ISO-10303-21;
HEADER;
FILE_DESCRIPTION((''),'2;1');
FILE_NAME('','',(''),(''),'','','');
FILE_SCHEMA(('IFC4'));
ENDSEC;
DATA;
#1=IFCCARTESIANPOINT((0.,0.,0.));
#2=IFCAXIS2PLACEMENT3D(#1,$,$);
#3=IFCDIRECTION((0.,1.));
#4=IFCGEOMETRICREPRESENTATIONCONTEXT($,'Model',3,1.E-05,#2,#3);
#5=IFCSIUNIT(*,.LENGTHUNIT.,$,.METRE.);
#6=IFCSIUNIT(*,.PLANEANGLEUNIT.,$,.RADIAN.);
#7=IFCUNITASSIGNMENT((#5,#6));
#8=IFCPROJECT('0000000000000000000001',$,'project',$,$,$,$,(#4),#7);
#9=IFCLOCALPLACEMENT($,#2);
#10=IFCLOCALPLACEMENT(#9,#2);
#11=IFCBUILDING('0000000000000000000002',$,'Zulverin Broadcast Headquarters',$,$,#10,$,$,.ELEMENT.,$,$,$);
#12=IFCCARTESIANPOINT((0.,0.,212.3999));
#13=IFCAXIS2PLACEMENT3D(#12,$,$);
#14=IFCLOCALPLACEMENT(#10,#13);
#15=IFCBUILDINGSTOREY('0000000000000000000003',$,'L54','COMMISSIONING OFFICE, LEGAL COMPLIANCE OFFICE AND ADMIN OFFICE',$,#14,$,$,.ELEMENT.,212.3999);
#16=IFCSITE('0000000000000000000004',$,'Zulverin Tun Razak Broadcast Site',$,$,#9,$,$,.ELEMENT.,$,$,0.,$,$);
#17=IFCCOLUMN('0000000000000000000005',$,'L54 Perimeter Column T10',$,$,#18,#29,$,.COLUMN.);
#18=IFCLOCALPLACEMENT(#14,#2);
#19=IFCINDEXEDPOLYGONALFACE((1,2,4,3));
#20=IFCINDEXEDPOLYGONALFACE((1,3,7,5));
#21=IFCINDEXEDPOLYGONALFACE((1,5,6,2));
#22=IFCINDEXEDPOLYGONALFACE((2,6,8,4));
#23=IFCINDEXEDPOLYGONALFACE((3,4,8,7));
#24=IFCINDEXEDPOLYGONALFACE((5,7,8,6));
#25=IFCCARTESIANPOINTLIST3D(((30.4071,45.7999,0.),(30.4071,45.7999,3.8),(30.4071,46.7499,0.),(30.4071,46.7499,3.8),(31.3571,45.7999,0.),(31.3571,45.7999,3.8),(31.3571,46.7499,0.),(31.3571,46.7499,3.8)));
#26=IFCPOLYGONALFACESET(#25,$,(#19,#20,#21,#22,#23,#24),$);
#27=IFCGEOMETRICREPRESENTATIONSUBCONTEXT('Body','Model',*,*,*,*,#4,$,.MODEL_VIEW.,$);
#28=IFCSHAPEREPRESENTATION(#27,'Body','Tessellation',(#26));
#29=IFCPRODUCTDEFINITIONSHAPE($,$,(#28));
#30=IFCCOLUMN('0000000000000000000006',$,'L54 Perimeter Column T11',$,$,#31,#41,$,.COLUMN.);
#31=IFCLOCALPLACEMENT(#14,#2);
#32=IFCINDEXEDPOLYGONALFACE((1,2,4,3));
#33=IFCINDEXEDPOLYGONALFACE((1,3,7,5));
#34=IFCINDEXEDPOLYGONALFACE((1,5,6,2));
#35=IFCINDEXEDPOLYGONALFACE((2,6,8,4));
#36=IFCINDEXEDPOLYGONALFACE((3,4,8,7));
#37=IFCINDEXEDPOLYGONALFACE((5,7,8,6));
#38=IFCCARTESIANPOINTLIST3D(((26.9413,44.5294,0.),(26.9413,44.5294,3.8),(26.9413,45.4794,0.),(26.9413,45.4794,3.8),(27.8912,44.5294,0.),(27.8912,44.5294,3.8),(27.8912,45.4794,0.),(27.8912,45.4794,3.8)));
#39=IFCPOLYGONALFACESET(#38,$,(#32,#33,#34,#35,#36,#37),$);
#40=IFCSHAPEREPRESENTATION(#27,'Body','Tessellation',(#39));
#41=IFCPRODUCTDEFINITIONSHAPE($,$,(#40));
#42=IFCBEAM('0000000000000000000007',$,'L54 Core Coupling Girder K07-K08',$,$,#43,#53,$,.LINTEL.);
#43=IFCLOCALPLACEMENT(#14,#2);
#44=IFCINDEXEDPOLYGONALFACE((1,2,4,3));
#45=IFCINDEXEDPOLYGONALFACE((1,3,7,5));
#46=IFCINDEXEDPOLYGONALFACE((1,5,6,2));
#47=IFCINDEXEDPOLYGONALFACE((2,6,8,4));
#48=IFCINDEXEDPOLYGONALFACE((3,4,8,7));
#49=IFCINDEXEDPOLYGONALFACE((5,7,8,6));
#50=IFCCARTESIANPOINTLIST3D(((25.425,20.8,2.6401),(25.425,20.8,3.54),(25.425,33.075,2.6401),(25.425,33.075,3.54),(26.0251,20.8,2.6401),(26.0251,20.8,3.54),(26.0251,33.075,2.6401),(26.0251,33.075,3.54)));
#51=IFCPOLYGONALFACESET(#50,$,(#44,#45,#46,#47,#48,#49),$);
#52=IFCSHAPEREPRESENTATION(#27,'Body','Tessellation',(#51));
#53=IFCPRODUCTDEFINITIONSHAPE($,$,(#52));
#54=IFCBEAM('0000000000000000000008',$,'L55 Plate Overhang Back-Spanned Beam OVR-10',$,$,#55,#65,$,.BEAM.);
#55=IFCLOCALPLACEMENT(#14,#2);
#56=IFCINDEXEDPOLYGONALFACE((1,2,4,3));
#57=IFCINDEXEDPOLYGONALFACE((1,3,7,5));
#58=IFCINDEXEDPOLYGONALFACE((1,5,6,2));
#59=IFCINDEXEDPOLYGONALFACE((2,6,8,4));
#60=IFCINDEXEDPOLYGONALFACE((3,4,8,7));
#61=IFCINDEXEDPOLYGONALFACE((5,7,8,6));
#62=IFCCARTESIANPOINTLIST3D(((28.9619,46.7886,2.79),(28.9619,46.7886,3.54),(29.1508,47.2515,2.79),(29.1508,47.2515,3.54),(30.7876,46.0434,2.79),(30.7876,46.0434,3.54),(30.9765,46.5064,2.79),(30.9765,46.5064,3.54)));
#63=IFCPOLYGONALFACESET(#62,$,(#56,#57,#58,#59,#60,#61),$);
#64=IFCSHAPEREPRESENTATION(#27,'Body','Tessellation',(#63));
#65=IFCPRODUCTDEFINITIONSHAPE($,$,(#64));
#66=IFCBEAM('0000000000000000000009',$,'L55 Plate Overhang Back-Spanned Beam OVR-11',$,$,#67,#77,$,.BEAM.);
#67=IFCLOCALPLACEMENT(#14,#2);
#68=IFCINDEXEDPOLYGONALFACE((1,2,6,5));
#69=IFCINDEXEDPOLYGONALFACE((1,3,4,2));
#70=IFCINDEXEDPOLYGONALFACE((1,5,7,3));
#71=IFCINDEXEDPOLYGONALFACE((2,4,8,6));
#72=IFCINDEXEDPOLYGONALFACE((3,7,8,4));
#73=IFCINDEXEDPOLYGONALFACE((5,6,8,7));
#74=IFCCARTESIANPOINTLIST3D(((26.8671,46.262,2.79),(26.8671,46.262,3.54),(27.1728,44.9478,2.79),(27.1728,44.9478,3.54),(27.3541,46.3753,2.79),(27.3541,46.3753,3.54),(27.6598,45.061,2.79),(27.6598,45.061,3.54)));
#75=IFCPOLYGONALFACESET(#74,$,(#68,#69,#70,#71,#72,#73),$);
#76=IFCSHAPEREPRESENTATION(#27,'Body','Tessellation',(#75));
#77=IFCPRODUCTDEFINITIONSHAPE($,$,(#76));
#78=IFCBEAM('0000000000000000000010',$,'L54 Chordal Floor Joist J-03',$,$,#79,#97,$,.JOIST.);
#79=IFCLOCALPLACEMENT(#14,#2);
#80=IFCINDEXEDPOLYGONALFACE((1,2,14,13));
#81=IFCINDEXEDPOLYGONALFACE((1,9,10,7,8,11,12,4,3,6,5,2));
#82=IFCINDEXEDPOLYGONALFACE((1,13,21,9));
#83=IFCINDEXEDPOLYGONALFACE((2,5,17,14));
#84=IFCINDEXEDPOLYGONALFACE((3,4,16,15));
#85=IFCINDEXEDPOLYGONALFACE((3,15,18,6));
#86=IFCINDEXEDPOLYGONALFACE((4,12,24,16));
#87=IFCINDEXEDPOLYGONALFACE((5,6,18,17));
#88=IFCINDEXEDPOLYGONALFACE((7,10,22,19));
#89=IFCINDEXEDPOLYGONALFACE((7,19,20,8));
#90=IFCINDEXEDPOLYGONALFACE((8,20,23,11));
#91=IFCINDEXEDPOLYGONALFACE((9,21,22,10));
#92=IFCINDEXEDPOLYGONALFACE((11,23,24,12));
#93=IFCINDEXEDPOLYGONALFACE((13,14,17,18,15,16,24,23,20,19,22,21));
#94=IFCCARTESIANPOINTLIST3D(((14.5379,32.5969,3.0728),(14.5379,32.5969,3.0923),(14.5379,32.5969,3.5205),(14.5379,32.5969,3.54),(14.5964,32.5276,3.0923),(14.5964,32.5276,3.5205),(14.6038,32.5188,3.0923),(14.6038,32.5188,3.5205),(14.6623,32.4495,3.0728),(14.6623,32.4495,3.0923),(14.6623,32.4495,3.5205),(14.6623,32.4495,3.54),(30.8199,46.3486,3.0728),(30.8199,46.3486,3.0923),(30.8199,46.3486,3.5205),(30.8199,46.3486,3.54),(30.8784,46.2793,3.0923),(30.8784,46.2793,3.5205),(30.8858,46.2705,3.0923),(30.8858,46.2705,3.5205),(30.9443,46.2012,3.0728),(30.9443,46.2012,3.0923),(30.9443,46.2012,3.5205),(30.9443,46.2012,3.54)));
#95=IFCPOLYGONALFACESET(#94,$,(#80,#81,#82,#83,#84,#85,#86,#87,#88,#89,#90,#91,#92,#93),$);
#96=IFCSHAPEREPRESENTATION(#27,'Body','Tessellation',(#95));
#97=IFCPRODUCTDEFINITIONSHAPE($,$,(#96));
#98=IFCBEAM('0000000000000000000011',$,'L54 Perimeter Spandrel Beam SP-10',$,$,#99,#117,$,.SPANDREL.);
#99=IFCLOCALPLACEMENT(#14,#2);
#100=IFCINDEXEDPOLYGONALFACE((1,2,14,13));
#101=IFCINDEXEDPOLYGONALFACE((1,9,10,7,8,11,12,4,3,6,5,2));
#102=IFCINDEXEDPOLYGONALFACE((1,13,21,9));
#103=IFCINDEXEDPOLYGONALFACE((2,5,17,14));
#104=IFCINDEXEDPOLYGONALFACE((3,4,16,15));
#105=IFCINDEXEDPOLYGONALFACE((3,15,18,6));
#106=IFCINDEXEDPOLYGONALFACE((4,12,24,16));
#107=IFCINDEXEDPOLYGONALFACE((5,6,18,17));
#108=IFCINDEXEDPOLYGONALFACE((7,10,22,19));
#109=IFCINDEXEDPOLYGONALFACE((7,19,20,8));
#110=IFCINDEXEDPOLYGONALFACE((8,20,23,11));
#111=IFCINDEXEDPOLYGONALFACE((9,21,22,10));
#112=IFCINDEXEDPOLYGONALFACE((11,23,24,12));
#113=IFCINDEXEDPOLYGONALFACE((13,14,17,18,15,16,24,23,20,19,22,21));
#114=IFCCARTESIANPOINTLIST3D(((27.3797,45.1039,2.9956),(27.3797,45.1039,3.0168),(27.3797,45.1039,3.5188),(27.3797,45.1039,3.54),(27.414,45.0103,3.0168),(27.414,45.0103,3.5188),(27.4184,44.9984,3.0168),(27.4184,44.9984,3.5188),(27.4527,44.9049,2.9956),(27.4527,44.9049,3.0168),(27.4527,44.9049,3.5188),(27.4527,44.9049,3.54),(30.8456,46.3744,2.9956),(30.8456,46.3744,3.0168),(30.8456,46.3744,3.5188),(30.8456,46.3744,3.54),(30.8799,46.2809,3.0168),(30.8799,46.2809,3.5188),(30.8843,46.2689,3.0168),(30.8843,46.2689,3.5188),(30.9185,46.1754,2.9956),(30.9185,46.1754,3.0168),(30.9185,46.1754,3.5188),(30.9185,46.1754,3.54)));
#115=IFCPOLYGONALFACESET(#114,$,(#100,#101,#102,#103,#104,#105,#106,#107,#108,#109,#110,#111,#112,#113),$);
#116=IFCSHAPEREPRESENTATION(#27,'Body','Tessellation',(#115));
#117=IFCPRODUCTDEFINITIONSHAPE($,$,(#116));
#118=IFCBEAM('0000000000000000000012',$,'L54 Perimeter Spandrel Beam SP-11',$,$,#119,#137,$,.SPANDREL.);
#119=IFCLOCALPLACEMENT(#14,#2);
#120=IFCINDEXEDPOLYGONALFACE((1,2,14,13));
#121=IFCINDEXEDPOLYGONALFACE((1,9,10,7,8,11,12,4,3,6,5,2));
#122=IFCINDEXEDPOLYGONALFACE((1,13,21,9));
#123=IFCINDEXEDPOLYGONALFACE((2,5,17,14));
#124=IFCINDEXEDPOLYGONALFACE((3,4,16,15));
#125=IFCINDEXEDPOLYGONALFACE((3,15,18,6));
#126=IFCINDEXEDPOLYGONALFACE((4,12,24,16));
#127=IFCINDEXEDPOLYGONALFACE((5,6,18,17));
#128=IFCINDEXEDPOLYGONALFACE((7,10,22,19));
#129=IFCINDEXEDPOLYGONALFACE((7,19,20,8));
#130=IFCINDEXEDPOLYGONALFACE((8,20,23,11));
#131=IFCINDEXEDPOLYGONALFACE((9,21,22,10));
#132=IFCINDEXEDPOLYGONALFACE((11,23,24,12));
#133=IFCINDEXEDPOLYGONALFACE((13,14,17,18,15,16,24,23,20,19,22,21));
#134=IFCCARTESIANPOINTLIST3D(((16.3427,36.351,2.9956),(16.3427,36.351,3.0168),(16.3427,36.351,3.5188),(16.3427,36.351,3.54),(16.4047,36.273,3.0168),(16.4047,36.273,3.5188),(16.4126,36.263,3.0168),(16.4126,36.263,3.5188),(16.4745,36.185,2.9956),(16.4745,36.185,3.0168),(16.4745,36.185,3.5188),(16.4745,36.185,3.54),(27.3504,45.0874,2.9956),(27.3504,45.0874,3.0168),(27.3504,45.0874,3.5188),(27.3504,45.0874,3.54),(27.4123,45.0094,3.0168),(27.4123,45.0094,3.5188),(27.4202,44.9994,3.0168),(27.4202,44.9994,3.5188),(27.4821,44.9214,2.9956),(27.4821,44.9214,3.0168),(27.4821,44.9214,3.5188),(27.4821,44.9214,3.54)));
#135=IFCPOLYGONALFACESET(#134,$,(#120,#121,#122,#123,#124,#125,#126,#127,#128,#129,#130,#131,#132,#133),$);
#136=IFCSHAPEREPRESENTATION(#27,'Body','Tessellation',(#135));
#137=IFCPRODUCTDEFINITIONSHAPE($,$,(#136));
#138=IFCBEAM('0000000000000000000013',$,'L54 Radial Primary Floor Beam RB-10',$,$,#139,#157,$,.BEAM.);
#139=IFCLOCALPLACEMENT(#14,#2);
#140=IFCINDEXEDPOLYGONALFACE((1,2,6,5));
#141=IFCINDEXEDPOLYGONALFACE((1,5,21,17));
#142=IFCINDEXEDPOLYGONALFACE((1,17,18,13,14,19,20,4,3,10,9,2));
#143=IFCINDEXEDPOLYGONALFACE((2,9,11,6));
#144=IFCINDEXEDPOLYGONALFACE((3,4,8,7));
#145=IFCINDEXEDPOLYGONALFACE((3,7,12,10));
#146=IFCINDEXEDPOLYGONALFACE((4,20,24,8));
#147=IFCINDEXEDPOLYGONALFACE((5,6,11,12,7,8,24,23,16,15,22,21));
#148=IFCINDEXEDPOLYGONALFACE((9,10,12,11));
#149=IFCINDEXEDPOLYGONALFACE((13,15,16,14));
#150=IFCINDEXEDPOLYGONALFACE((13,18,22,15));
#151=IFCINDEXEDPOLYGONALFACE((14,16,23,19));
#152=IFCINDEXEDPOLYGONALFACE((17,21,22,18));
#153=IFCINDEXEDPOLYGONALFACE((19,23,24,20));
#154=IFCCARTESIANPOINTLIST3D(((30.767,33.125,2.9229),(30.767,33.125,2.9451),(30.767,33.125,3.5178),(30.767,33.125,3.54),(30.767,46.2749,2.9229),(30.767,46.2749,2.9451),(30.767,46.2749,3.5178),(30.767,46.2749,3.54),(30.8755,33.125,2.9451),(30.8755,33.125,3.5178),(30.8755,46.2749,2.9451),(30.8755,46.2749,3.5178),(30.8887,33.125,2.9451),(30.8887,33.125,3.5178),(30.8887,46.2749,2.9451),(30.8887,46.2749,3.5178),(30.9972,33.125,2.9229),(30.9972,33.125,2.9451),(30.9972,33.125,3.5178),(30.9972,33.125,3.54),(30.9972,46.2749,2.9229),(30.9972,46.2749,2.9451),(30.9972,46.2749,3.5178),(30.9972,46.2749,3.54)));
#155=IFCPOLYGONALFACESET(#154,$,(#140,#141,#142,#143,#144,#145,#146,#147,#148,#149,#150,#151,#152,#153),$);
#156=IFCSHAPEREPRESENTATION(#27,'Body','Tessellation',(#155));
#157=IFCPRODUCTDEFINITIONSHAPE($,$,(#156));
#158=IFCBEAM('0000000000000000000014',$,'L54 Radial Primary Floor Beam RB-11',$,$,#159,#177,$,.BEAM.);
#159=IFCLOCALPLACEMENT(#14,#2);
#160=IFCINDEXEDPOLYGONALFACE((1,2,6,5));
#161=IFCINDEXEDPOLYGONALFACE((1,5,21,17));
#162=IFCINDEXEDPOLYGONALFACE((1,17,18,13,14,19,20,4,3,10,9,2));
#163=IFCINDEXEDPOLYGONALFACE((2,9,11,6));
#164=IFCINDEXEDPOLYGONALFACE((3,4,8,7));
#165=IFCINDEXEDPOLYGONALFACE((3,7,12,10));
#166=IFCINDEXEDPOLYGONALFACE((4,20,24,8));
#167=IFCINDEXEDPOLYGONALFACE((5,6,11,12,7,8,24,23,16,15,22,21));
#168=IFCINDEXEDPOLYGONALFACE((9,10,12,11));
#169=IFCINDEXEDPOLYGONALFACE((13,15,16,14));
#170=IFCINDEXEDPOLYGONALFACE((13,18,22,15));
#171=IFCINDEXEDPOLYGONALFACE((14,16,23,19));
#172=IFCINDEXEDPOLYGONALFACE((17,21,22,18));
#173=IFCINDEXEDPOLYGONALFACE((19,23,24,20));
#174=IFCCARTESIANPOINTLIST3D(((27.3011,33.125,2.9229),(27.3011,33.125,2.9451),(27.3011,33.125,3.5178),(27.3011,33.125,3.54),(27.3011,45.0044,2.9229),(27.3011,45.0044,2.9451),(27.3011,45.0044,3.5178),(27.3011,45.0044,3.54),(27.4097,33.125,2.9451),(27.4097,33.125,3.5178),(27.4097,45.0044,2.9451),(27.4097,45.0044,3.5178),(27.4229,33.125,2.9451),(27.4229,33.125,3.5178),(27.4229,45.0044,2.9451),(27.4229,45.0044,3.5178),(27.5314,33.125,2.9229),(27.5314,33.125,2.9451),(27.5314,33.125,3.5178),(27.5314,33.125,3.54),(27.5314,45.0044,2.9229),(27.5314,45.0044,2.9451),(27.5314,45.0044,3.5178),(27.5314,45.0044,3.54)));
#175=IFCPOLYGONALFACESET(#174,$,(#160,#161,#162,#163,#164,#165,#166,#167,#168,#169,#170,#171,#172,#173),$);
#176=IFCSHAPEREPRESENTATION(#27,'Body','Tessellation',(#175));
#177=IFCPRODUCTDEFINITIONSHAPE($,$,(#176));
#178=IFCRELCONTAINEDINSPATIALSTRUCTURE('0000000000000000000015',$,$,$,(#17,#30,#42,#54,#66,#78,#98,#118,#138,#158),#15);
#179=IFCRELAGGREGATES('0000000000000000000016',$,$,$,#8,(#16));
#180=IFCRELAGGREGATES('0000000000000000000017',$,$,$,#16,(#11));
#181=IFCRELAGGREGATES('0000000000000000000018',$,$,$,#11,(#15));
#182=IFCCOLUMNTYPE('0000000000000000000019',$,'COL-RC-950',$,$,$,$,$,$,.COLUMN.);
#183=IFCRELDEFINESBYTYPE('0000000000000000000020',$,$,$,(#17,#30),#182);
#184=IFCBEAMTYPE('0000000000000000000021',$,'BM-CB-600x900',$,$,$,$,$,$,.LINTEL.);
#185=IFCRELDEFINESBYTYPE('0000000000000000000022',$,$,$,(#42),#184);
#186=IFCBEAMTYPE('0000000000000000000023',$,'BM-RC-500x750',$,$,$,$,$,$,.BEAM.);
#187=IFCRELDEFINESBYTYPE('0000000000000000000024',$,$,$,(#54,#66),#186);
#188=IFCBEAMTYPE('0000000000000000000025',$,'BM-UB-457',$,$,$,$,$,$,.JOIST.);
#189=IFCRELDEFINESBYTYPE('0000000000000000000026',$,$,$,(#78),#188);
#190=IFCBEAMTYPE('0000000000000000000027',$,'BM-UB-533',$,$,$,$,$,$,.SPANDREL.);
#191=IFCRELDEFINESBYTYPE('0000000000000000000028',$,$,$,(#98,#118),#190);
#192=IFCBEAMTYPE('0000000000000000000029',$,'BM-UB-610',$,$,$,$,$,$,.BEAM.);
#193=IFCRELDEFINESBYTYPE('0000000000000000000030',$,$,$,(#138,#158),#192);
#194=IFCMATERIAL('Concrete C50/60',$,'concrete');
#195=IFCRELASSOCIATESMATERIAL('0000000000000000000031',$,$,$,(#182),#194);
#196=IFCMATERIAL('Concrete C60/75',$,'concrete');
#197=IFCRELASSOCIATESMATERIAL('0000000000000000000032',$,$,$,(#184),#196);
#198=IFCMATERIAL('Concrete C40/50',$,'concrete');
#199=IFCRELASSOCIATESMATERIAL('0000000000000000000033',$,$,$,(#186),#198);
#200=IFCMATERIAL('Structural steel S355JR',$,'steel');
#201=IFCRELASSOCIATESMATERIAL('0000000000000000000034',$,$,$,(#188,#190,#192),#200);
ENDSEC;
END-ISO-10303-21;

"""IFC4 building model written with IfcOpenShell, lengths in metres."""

from ifc_helpers import new_model, si_unit, direction, frame, origin, origin_2d, place, context, subcontext, project, spatial, rectangle, i_section, extrude, material, material_profile, profile_set, type_object, element, save


model = new_model("IFC4")

# Units and contexts
model_context = context("Model", 3, precision=1e-05, world=origin(), true_north=direction((0.0, 1.0)))
body_context = subcontext(model_context, "Body", "Model", "MODEL_VIEW")
ifc_project = project(units=[si_unit("LENGTHUNIT", "METRE"), si_unit("PLANEANGLEUNIT", "RADIAN")], contexts=[model_context])

# Site, building, storey
site_placement = place(None, origin())
site = spatial("IfcSite", under=ifc_project, at=site_placement, Name="Zulverin Tun Razak Broadcast Site", CompositionType="ELEMENT", RefElevation=0.0)
building_placement = place(site_placement, origin())
building = spatial("IfcBuilding", under=site, at=building_placement, Name="Zulverin Broadcast Headquarters", CompositionType="ELEMENT")
storey_placement = place(building_placement, frame((0.0, 0.0, 212.3999)))
storey = spatial("IfcBuildingStorey", under=building, at=storey_placement, Name="L54", Description="COMMISSIONING OFFICE, LEGAL COMPLIANCE OFFICE AND ADMIN OFFICE", CompositionType="ELEMENT", Elevation=212.3999)

# Columns
ifc_material_1 = material(Name="Concrete C50/60", Category="concrete")
ifc_material_profile_1 = material_profile(ifc_material_1, rectangle(XDim=0.95, YDim=0.95, at=origin_2d()), Name="Concrete C50/60", Category="concrete")
ifc_profile_set_1 = profile_set([ifc_material_profile_1], Name="Concrete C50/60")
column_type = type_object("IfcColumnType", Name="COL-RC-950", PredefinedType="COLUMN", material=ifc_profile_set_1)
for number, where, z_axis, x_axis, name in (
    (1, (30.8821, 46.2749, 0.0), (0.0, 0.0, 1.0), (1.0, 0.0, 0.0), "L54 Perimeter Column T10"),
    (2, (27.4163, 45.0044, 0.0), (0.0, 0.0, 1.0), (1.0, 0.0, 0.0), "L54 Perimeter Column T11"),
):
    element("IfcColumn", number, at=place(storey_placement, frame(where, z_axis=z_axis, x_axis=x_axis)), inside=storey, type_object=column_type, Name=name, PredefinedType="COLUMN", context=body_context, shape_type="SweptSolid", body=[
        extrude(rectangle(XDim=0.95, YDim=0.95, at=origin_2d()), origin(), (0.0, 0.0, 1.0), 3.8),
    ])

# Beams
ifc_material_2 = material(Name="Concrete C60/75", Category="concrete")
ifc_material_profile_2 = material_profile(ifc_material_2, rectangle(XDim=0.6001, YDim=0.8999, at=origin_2d()), Name="Concrete C60/75", Category="concrete")
ifc_profile_set_2 = profile_set([ifc_material_profile_2], Name="Concrete C60/75")
beam_type_1 = type_object("IfcBeamType", Name="BM-CB-600x900", PredefinedType="LINTEL", material=ifc_profile_set_2)
beam_1_placement = place(storey_placement, frame((25.7251, 33.075, 3.0901), z_axis=(0.0, -1.0, 0.0), x_axis=(1.0, 0.0, 0.0)))
element("IfcBeam", 3, at=beam_1_placement, inside=storey, type_object=beam_type_1, Name="L54 Core Coupling Girder K07-K08", PredefinedType="LINTEL", context=body_context, shape_type="SweptSolid", body=[
    extrude(rectangle(XDim=0.6001, YDim=0.8999, at=origin_2d()), origin(), (0.0, 0.0, 1.0), 12.2749),
])
ifc_material_3 = material(Name="Concrete C40/50", Category="concrete")
ifc_material_profile_3 = material_profile(ifc_material_3, rectangle(XDim=0.5, YDim=0.75, at=origin_2d()), Name="Concrete C40/50", Category="concrete")
ifc_profile_set_3 = profile_set([ifc_material_profile_3], Name="Concrete C40/50")
beam_type_2 = type_object("IfcBeamType", Name="BM-RC-500x750", PredefinedType="BEAM", material=ifc_profile_set_3)
beam_2_placement = place(storey_placement, frame((30.8821, 46.2749, 3.165), z_axis=(-0.925858, 0.377871, 0.0), x_axis=(-0.377871, -0.925858, 0.0)))
element("IfcBeam", 4, at=beam_2_placement, inside=storey, type_object=beam_type_2, Name="L55 Plate Overhang Back-Spanned Beam OVR-10", PredefinedType="BEAM", context=body_context, shape_type="SweptSolid", body=[
    extrude(rectangle(XDim=0.5, YDim=0.75, at=origin_2d()), origin(), (0.0, 0.0, 1.0), 1.9719),
])
beam_3_placement = place(storey_placement, frame((27.4163, 45.0044, 3.165), z_axis=(-0.226537, 0.974002, 0.0), x_axis=(-0.974002, -0.226537, 0.0)))
element("IfcBeam", 5, at=beam_3_placement, inside=storey, type_object=beam_type_2, Name="L55 Plate Overhang Back-Spanned Beam OVR-11", PredefinedType="BEAM", context=body_context, shape_type="SweptSolid", body=[
    extrude(rectangle(XDim=0.5, YDim=0.75, at=origin_2d()), origin(), (0.0, 0.0, 1.0), 1.3494),
])
ifc_material_4 = material(Name="Structural steel S355JR", Category="steel")
ifc_material_profile_4 = material_profile(ifc_material_4, i_section(OverallWidth=0.1929, OverallDepth=0.4673, WebThickness=0.0115, FlangeThickness=0.0195, at=origin_2d()), Name="Structural steel S355JR", Category="steel")
ifc_profile_set_4 = profile_set([ifc_material_profile_4], Name="Structural steel S355JR")
beam_type_3 = type_object("IfcBeamType", Name="BM-UB-457", PredefinedType="JOIST", material=ifc_profile_set_4)
beam_4_placement = place(storey_placement, frame((30.8821, 46.2749, 3.3064), z_axis=(-0.763973, -0.645249, 0.0), x_axis=(0.645249, -0.763973, 0.0)))
element("IfcBeam", 6, at=beam_4_placement, inside=storey, type_object=beam_type_3, Name="L54 Chordal Floor Joist J-03", PredefinedType="JOIST", context=body_context, shape_type="SweptSolid", body=[
    extrude(i_section(OverallWidth=0.1929, OverallDepth=0.4673, WebThickness=0.0115, FlangeThickness=0.0195, at=origin_2d()), origin(), (0.0, 0.0, 1.0), 21.3123),
])
ifc_material_profile_5 = material_profile(ifc_material_4, i_section(OverallWidth=0.2119, OverallDepth=0.5444, WebThickness=0.0127, FlangeThickness=0.0212, at=origin_2d()), Name="Structural steel S355JR", Category="steel")
ifc_profile_set_5 = profile_set([ifc_material_profile_5], Name="Structural steel S355JR")
beam_type_4 = type_object("IfcBeamType", Name="BM-UB-533", PredefinedType="SPANDREL", material=ifc_profile_set_5)
beam_5_placement = place(storey_placement, frame((30.8821, 46.2749, 3.2678), z_axis=(-0.938902, -0.344185, 0.0), x_axis=(0.344185, -0.938902, 0.0)))
element("IfcBeam", 7, at=beam_5_placement, inside=storey, type_object=beam_type_4, Name="L54 Perimeter Spandrel Beam SP-10", PredefinedType="SPANDREL", context=body_context, shape_type="SweptSolid", body=[
    extrude(i_section(OverallWidth=0.2119, OverallDepth=0.5444, WebThickness=0.0127, FlangeThickness=0.0212, at=origin_2d()), origin(), (0.0, 0.0, 1.0), 3.6914),
])
beam_6_placement = place(storey_placement, frame((27.4163, 45.0044, 3.2678), z_axis=(-0.783283, -0.621665, 0.0), x_axis=(0.621665, -0.783283, 0.0)))
element("IfcBeam", 8, at=beam_6_placement, inside=storey, type_object=beam_type_4, Name="L54 Perimeter Spandrel Beam SP-11", PredefinedType="SPANDREL", context=body_context, shape_type="SweptSolid", body=[
    extrude(i_section(OverallWidth=0.2119, OverallDepth=0.5444, WebThickness=0.0127, FlangeThickness=0.0212, at=origin_2d()), origin(), (0.0, 0.0, 1.0), 14.0532),
])
ifc_material_profile_6 = material_profile(ifc_material_4, i_section(OverallWidth=0.2302, OverallDepth=0.6172, WebThickness=0.0132, FlangeThickness=0.0222, at=origin_2d()), Name="Structural steel S355JR", Category="steel")
ifc_profile_set_6 = profile_set([ifc_material_profile_6], Name="Structural steel S355JR")
beam_type_5 = type_object("IfcBeamType", Name="BM-UB-610", PredefinedType="BEAM", material=ifc_profile_set_6)
beam_7_placement = place(storey_placement, frame((30.8821, 33.125, 3.2314), z_axis=(0.0, 1.0, 0.0), x_axis=(-1.0, 0.0, 0.0)))
element("IfcBeam", 9, at=beam_7_placement, inside=storey, type_object=beam_type_5, Name="L54 Radial Primary Floor Beam RB-10", PredefinedType="BEAM", context=body_context, shape_type="SweptSolid", body=[
    extrude(i_section(OverallWidth=0.2302, OverallDepth=0.6172, WebThickness=0.0132, FlangeThickness=0.0222, at=origin_2d()), origin(), (0.0, 0.0, 1.0), 13.1499),
])
beam_8_placement = place(storey_placement, frame((27.4163, 33.125, 3.2314), z_axis=(0.0, 1.0, 0.0), x_axis=(-1.0, 0.0, 0.0)))
element("IfcBeam", 10, at=beam_8_placement, inside=storey, type_object=beam_type_5, Name="L54 Radial Primary Floor Beam RB-11", PredefinedType="BEAM", context=body_context, shape_type="SweptSolid", body=[
    extrude(i_section(OverallWidth=0.2302, OverallDepth=0.6172, WebThickness=0.0132, FlangeThickness=0.0222, at=origin_2d()), origin(), (0.0, 0.0, 1.0), 11.8794),
])

save(model, "model.ifc")
